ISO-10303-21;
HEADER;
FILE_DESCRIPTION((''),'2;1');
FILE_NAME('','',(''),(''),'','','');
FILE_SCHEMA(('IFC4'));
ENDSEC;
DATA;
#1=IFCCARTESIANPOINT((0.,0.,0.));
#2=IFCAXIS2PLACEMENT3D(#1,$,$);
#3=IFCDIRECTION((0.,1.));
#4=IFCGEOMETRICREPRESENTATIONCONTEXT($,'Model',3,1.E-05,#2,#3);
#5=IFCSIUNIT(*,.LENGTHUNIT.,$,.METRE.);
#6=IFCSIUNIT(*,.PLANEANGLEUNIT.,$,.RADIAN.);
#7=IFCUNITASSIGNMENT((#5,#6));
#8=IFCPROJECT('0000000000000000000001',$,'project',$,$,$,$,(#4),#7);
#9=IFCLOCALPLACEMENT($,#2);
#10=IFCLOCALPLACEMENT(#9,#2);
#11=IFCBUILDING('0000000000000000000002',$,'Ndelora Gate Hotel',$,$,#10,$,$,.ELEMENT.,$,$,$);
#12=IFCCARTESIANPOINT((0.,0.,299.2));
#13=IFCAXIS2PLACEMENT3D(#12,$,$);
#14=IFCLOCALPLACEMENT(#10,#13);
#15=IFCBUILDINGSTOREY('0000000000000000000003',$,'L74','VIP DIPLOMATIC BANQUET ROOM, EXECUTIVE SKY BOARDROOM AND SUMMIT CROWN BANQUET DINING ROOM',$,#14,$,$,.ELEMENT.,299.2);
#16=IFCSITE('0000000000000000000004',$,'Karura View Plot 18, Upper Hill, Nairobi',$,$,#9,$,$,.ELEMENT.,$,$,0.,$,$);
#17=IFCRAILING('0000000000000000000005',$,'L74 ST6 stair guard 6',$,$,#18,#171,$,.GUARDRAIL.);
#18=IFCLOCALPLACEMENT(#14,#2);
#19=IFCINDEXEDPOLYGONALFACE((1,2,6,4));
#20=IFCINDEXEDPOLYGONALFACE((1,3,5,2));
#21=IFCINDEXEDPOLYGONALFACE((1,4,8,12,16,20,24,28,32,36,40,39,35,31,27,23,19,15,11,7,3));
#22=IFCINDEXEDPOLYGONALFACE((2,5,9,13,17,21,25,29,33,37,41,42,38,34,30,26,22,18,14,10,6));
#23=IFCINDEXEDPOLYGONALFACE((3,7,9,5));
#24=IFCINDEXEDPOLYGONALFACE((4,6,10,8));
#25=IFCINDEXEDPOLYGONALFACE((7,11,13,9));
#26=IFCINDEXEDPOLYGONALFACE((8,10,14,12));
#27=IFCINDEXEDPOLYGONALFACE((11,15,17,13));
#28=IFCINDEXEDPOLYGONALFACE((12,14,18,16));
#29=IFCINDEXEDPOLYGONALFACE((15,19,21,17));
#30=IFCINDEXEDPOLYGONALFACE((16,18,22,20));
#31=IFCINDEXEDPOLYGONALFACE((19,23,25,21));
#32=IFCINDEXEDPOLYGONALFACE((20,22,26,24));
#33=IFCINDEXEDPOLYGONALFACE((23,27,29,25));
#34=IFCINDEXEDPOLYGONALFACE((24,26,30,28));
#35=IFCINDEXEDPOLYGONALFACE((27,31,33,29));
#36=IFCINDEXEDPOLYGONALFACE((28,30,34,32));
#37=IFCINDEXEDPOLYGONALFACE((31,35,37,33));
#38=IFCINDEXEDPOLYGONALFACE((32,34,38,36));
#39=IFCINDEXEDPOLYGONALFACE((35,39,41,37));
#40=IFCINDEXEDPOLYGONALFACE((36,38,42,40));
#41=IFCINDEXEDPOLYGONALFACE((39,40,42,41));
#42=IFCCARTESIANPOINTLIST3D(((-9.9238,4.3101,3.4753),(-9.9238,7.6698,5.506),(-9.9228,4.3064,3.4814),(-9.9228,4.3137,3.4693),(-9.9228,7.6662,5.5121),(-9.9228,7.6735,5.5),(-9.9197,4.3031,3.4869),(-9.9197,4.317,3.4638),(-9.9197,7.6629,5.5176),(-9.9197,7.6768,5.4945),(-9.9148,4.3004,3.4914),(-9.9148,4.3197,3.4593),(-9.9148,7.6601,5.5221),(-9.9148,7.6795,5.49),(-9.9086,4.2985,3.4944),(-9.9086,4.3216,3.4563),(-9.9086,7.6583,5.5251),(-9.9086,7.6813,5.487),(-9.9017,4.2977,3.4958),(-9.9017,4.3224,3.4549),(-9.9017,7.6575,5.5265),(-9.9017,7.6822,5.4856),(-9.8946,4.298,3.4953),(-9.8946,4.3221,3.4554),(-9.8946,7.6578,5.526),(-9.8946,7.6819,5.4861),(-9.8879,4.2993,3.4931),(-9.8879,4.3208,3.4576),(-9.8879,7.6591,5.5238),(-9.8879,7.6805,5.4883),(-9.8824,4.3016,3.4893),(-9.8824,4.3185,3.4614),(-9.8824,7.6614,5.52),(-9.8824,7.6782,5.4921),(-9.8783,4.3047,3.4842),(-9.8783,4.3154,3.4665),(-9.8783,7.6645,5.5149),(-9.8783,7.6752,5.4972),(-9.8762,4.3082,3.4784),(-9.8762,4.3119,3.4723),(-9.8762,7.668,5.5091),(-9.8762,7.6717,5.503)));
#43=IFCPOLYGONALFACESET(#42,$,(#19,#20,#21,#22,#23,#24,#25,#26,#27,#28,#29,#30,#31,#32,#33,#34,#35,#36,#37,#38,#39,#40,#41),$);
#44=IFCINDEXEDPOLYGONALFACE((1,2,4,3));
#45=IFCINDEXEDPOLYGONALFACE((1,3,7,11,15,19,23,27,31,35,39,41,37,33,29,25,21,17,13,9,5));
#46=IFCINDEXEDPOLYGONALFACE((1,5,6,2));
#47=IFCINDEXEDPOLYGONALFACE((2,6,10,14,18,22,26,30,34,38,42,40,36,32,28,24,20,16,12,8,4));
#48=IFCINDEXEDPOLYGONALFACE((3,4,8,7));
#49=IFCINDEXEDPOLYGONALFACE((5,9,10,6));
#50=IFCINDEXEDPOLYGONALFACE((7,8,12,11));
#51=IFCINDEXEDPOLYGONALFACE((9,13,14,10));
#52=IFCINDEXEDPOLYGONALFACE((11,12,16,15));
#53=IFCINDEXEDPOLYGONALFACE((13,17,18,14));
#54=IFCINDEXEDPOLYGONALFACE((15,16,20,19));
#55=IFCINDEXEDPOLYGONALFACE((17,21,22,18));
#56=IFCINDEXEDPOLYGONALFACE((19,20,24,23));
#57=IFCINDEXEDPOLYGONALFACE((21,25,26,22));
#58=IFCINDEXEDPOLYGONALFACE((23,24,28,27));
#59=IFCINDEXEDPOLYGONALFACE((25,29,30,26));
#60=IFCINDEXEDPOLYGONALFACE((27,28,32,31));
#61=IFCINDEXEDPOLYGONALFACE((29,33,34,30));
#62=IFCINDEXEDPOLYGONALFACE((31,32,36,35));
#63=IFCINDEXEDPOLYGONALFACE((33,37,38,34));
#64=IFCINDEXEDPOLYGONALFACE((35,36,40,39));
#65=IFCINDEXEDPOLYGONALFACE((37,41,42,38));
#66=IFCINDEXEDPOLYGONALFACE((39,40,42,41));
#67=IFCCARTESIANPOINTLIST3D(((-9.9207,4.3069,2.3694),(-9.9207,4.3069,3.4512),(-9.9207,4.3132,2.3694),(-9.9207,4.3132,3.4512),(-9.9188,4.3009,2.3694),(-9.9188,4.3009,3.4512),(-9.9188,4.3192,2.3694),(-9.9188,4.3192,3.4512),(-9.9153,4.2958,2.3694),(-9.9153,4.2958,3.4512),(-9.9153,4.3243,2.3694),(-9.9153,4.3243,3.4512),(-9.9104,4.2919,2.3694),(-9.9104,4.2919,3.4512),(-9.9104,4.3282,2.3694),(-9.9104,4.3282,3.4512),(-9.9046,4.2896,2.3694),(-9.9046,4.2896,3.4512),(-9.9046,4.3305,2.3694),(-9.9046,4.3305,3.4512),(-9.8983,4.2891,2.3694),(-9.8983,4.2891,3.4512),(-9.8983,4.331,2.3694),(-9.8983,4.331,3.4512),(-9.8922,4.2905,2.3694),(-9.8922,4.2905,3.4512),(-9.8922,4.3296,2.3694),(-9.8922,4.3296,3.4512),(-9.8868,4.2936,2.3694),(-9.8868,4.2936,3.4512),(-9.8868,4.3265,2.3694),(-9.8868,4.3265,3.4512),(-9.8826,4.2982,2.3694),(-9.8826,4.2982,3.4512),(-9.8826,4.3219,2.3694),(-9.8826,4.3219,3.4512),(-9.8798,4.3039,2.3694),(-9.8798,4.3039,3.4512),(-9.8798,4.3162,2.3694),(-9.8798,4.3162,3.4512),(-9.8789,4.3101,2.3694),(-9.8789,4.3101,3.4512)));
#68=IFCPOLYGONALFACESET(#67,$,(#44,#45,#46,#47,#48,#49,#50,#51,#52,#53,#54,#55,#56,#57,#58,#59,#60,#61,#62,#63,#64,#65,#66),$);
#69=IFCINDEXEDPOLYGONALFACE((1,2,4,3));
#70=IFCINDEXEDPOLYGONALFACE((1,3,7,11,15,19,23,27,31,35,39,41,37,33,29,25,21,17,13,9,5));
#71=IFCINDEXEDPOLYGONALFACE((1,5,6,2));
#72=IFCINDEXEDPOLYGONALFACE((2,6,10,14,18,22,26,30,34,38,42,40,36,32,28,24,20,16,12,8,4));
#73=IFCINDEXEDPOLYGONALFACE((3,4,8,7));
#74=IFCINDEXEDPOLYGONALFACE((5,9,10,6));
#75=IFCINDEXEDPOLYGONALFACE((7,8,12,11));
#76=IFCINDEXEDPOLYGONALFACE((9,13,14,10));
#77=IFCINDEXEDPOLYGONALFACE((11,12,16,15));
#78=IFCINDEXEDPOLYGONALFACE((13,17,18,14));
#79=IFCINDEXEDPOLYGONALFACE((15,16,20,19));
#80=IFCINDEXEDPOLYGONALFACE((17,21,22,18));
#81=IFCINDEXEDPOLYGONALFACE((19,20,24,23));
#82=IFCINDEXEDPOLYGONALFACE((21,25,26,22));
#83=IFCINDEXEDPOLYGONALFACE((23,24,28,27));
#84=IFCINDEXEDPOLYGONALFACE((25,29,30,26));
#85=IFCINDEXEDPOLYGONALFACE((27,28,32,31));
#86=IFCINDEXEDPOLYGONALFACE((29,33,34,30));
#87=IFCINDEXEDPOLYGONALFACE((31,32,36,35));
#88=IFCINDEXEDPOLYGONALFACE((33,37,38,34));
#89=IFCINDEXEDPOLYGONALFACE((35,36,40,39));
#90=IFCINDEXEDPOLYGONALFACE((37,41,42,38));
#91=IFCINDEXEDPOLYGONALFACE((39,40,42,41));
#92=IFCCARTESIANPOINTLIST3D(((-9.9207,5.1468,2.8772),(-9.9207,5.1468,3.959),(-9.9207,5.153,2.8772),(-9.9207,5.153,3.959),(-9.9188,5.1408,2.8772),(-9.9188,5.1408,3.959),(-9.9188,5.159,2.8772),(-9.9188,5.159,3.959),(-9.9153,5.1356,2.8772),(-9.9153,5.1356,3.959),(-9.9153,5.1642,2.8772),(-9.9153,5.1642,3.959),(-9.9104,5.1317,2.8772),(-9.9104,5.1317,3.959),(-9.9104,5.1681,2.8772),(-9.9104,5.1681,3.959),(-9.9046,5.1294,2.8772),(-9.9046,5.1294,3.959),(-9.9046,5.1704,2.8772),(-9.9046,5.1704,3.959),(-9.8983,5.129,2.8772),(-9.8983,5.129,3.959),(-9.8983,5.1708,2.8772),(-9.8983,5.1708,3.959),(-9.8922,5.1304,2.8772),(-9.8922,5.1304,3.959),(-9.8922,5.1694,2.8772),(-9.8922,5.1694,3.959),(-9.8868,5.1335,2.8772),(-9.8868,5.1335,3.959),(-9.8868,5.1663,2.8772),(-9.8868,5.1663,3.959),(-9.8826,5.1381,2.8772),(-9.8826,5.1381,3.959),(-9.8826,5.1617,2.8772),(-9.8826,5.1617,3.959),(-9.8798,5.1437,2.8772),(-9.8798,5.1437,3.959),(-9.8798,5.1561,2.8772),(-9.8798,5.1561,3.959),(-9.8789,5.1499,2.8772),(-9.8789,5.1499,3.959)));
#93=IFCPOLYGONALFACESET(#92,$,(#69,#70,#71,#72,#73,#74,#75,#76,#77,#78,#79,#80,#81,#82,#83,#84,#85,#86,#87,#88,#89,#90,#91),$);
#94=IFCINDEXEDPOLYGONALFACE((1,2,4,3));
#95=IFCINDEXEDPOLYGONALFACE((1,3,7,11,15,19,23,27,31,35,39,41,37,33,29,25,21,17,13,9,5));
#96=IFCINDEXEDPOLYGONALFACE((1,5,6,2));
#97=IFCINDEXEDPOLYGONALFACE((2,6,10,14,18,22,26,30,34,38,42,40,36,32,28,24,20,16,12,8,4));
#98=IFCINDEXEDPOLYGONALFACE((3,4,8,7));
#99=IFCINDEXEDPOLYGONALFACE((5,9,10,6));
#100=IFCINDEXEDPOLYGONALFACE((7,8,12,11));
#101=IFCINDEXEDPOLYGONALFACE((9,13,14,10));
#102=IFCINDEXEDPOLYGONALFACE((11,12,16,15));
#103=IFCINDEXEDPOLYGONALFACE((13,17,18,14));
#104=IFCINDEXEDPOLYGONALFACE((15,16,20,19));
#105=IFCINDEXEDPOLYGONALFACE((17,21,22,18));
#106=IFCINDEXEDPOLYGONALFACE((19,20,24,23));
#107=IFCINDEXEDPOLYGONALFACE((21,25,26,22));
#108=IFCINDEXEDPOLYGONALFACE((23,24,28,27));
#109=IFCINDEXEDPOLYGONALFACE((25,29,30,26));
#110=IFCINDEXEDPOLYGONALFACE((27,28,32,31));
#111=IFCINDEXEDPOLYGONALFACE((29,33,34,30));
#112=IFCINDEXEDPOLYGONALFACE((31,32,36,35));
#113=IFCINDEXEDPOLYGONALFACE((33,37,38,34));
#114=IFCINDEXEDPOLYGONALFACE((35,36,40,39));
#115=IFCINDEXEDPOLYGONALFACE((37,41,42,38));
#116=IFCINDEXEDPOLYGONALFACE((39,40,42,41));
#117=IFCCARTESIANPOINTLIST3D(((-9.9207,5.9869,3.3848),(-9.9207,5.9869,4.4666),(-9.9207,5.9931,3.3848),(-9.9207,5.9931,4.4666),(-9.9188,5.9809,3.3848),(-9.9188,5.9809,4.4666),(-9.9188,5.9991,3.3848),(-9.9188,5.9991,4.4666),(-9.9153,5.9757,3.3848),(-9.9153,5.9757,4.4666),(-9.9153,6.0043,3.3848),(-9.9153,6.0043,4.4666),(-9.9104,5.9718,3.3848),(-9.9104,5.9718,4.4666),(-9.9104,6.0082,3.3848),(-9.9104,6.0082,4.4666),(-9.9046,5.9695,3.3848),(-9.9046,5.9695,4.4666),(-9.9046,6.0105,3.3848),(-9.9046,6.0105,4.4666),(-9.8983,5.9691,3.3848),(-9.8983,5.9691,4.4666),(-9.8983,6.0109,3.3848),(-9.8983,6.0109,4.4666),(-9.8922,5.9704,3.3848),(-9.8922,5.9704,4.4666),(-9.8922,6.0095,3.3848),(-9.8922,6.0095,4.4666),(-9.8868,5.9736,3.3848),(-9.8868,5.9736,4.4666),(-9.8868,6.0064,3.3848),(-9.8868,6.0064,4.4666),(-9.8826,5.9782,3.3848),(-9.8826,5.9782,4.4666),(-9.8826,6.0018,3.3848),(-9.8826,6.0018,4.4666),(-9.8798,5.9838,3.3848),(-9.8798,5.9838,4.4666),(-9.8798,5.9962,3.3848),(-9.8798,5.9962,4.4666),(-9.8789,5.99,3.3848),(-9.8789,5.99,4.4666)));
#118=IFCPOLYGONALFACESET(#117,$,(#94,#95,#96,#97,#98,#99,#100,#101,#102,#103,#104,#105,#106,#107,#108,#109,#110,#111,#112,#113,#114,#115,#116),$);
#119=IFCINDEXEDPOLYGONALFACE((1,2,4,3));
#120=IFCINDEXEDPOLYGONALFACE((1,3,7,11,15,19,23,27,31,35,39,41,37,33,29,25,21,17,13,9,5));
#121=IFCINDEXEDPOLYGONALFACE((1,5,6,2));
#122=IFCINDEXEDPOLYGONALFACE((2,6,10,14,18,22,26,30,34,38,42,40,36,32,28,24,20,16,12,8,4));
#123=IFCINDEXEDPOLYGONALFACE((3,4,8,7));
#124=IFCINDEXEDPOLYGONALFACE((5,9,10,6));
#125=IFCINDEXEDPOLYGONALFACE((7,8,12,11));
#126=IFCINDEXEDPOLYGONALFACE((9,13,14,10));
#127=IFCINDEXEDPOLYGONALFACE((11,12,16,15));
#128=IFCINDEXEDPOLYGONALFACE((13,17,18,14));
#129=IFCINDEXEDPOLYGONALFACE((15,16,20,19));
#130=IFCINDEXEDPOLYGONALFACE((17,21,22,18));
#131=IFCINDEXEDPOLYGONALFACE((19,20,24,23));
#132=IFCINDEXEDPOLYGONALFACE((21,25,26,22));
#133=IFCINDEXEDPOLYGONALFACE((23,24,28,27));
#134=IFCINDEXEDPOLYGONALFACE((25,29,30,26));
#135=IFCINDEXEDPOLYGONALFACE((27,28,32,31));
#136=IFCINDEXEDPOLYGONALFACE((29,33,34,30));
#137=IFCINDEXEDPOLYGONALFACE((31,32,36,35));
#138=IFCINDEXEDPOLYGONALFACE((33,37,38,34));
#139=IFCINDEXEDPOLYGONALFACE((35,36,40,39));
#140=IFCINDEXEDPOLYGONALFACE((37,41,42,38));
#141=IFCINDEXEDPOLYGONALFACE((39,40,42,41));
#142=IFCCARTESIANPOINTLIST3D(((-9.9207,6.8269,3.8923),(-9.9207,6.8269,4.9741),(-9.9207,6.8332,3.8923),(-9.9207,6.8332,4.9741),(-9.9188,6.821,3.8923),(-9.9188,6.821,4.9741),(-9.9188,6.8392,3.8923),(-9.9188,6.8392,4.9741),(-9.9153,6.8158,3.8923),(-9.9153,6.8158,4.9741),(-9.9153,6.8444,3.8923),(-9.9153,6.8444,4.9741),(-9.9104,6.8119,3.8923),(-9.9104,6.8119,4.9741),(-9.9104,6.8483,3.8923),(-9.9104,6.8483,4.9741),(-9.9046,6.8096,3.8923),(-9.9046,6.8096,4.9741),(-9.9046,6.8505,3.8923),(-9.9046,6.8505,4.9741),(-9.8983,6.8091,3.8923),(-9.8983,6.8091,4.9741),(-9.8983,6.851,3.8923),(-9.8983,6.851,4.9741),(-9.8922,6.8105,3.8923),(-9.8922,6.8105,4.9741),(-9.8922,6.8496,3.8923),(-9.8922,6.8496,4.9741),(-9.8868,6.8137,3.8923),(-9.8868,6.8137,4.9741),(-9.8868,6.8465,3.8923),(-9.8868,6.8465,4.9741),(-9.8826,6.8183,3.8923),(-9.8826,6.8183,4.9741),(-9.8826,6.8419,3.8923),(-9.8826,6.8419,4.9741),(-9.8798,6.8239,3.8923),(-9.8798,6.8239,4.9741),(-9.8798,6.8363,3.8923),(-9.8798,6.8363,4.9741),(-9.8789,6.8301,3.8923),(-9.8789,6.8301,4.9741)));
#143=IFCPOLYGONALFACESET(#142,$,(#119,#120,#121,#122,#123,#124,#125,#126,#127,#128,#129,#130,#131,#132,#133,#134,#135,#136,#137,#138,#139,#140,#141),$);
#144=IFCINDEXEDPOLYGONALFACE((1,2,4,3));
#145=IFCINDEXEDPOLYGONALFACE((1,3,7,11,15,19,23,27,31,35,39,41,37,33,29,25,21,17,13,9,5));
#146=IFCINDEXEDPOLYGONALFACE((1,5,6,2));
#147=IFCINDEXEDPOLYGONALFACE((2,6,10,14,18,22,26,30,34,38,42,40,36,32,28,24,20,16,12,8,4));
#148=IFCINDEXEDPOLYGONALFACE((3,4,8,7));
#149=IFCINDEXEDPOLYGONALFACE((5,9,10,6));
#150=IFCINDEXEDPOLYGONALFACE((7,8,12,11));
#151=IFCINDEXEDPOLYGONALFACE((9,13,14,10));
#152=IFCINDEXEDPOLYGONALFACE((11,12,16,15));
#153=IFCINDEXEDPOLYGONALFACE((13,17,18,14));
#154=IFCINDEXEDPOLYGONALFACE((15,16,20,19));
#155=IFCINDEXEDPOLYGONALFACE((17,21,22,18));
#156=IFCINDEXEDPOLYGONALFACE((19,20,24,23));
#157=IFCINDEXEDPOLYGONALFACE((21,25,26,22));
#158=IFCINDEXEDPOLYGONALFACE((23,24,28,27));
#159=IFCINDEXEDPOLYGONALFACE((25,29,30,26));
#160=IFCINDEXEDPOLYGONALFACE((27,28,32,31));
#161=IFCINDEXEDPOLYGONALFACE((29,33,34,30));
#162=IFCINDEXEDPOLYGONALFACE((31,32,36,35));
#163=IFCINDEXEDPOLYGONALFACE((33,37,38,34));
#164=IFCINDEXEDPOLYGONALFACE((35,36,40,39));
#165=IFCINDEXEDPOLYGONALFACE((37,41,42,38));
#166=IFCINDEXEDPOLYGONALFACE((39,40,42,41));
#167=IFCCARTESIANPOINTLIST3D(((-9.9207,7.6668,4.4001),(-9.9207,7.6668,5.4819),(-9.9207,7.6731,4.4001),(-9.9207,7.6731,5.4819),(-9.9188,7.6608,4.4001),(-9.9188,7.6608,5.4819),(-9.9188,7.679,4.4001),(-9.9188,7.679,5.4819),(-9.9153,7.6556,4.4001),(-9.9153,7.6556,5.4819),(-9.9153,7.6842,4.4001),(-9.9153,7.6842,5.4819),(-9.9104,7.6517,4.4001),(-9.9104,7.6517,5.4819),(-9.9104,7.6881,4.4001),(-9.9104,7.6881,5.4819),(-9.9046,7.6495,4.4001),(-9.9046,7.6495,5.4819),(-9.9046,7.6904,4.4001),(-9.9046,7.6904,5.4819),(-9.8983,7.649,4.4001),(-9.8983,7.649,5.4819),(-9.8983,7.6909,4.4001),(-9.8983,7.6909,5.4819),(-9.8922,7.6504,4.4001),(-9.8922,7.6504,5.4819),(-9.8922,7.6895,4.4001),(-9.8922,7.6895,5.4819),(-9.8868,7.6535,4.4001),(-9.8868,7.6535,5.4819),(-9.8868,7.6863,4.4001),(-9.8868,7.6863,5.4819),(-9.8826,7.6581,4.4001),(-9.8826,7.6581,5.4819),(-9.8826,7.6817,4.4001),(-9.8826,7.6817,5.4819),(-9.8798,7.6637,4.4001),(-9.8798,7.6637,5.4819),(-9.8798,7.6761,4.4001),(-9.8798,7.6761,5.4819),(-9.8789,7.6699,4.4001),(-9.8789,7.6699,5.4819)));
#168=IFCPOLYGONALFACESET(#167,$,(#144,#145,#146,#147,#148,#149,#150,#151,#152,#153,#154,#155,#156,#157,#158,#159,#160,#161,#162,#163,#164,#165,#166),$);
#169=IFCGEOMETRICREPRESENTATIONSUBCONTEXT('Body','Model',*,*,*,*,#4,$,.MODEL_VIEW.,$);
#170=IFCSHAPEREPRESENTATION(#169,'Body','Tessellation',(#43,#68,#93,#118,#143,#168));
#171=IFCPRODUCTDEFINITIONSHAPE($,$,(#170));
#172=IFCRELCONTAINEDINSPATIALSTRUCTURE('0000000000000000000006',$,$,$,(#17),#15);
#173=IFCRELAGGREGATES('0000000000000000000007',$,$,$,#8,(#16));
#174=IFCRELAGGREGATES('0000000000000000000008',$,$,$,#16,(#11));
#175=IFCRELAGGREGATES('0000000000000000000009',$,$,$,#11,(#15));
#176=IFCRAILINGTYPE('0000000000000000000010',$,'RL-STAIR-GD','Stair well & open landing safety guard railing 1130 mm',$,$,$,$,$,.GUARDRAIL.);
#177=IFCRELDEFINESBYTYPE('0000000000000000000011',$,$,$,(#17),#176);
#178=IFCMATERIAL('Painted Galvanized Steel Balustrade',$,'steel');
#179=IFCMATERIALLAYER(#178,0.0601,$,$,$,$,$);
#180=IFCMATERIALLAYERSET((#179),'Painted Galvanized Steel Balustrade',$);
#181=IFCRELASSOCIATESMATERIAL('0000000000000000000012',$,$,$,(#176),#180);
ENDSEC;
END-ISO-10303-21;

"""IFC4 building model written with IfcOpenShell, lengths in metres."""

from ifc_helpers import new_model, si_unit, direction, frame, origin, origin_2d, place, context, subcontext, project, spatial, circle, extrude, material, layer, layer_set, type_object, element, save


model = new_model("IFC4")

# Units and contexts
model_context = context("Model", 3, precision=1e-05, world=origin(), true_north=direction((0.0, 1.0)))
body_context = subcontext(model_context, "Body", "Model", "MODEL_VIEW")
ifc_project = project(units=[si_unit("LENGTHUNIT", "METRE"), si_unit("PLANEANGLEUNIT", "RADIAN")], contexts=[model_context])

# Site, building, storey
site_placement = place(None, origin())
site = spatial("IfcSite", under=ifc_project, at=site_placement, Name="Karura View Plot 18, Upper Hill, Nairobi", CompositionType="ELEMENT", RefElevation=0.0)
building_placement = place(site_placement, origin())
building = spatial("IfcBuilding", under=site, at=building_placement, Name="Ndelora Gate Hotel", CompositionType="ELEMENT")
storey_placement = place(building_placement, frame((0.0, 0.0, 299.2)))
storey = spatial("IfcBuildingStorey", under=building, at=storey_placement, Name="L74", Description="VIP DIPLOMATIC BANQUET ROOM, EXECUTIVE SKY BOARDROOM AND SUMMIT CROWN BANQUET DINING ROOM", CompositionType="ELEMENT", Elevation=299.2)

# Railing
ifc_material_1 = material(Name="Painted Galvanized Steel Balustrade", Category="steel")
ifc_layer_1 = layer(ifc_material_1, 0.0601)
ifc_layer_set_1 = layer_set([ifc_layer_1], Name="Painted Galvanized Steel Balustrade")
railing_type_1 = type_object("IfcRailingType", Name="RL-STAIR-GD", Description="Stair well & open landing safety guard railing 1130 mm", PredefinedType="GUARDRAIL", material=ifc_layer_set_1)
railing_1_placement = place(storey_placement, frame((-9.8999, 4.3101, 2.3694)))
element("IfcRailing", 1, at=railing_1_placement, inside=storey, type_object=railing_type_1, Name="L74 ST6 stair guard 6", PredefinedType="GUARDRAIL", context=body_context, shape_type="SweptSolid", body=[
    extrude(circle(Radius=0.0239, at=origin_2d()), frame((0.0, 0.0, 1.106), z_axis=(0.0, 0.85582, 0.517273), x_axis=(-1.0, 0.0, 0.0)), (0.0, 0.0, 1.0), 3.9258),
    extrude(circle(Radius=0.021, at=origin_2d()), origin(), (0.0, 0.0, 1.0), 1.0818),
    extrude(circle(Radius=0.021, at=origin_2d()), frame((0.0, 0.8398, 0.5078)), (0.0, 0.0, 1.0), 1.0818),
    extrude(circle(Radius=0.021, at=origin_2d()), frame((0.0, 1.6799, 1.0154)), (0.0, 0.0, 1.0), 1.0818),
    extrude(circle(Radius=0.021, at=origin_2d()), frame((0.0, 2.52, 1.5229)), (0.0, 0.0, 1.0), 1.0818),
    extrude(circle(Radius=0.021, at=origin_2d()), frame((0.0, 3.3599, 2.0308)), (0.0, 0.0, 1.0), 1.0818),
])

save(model, "model.ifc")
